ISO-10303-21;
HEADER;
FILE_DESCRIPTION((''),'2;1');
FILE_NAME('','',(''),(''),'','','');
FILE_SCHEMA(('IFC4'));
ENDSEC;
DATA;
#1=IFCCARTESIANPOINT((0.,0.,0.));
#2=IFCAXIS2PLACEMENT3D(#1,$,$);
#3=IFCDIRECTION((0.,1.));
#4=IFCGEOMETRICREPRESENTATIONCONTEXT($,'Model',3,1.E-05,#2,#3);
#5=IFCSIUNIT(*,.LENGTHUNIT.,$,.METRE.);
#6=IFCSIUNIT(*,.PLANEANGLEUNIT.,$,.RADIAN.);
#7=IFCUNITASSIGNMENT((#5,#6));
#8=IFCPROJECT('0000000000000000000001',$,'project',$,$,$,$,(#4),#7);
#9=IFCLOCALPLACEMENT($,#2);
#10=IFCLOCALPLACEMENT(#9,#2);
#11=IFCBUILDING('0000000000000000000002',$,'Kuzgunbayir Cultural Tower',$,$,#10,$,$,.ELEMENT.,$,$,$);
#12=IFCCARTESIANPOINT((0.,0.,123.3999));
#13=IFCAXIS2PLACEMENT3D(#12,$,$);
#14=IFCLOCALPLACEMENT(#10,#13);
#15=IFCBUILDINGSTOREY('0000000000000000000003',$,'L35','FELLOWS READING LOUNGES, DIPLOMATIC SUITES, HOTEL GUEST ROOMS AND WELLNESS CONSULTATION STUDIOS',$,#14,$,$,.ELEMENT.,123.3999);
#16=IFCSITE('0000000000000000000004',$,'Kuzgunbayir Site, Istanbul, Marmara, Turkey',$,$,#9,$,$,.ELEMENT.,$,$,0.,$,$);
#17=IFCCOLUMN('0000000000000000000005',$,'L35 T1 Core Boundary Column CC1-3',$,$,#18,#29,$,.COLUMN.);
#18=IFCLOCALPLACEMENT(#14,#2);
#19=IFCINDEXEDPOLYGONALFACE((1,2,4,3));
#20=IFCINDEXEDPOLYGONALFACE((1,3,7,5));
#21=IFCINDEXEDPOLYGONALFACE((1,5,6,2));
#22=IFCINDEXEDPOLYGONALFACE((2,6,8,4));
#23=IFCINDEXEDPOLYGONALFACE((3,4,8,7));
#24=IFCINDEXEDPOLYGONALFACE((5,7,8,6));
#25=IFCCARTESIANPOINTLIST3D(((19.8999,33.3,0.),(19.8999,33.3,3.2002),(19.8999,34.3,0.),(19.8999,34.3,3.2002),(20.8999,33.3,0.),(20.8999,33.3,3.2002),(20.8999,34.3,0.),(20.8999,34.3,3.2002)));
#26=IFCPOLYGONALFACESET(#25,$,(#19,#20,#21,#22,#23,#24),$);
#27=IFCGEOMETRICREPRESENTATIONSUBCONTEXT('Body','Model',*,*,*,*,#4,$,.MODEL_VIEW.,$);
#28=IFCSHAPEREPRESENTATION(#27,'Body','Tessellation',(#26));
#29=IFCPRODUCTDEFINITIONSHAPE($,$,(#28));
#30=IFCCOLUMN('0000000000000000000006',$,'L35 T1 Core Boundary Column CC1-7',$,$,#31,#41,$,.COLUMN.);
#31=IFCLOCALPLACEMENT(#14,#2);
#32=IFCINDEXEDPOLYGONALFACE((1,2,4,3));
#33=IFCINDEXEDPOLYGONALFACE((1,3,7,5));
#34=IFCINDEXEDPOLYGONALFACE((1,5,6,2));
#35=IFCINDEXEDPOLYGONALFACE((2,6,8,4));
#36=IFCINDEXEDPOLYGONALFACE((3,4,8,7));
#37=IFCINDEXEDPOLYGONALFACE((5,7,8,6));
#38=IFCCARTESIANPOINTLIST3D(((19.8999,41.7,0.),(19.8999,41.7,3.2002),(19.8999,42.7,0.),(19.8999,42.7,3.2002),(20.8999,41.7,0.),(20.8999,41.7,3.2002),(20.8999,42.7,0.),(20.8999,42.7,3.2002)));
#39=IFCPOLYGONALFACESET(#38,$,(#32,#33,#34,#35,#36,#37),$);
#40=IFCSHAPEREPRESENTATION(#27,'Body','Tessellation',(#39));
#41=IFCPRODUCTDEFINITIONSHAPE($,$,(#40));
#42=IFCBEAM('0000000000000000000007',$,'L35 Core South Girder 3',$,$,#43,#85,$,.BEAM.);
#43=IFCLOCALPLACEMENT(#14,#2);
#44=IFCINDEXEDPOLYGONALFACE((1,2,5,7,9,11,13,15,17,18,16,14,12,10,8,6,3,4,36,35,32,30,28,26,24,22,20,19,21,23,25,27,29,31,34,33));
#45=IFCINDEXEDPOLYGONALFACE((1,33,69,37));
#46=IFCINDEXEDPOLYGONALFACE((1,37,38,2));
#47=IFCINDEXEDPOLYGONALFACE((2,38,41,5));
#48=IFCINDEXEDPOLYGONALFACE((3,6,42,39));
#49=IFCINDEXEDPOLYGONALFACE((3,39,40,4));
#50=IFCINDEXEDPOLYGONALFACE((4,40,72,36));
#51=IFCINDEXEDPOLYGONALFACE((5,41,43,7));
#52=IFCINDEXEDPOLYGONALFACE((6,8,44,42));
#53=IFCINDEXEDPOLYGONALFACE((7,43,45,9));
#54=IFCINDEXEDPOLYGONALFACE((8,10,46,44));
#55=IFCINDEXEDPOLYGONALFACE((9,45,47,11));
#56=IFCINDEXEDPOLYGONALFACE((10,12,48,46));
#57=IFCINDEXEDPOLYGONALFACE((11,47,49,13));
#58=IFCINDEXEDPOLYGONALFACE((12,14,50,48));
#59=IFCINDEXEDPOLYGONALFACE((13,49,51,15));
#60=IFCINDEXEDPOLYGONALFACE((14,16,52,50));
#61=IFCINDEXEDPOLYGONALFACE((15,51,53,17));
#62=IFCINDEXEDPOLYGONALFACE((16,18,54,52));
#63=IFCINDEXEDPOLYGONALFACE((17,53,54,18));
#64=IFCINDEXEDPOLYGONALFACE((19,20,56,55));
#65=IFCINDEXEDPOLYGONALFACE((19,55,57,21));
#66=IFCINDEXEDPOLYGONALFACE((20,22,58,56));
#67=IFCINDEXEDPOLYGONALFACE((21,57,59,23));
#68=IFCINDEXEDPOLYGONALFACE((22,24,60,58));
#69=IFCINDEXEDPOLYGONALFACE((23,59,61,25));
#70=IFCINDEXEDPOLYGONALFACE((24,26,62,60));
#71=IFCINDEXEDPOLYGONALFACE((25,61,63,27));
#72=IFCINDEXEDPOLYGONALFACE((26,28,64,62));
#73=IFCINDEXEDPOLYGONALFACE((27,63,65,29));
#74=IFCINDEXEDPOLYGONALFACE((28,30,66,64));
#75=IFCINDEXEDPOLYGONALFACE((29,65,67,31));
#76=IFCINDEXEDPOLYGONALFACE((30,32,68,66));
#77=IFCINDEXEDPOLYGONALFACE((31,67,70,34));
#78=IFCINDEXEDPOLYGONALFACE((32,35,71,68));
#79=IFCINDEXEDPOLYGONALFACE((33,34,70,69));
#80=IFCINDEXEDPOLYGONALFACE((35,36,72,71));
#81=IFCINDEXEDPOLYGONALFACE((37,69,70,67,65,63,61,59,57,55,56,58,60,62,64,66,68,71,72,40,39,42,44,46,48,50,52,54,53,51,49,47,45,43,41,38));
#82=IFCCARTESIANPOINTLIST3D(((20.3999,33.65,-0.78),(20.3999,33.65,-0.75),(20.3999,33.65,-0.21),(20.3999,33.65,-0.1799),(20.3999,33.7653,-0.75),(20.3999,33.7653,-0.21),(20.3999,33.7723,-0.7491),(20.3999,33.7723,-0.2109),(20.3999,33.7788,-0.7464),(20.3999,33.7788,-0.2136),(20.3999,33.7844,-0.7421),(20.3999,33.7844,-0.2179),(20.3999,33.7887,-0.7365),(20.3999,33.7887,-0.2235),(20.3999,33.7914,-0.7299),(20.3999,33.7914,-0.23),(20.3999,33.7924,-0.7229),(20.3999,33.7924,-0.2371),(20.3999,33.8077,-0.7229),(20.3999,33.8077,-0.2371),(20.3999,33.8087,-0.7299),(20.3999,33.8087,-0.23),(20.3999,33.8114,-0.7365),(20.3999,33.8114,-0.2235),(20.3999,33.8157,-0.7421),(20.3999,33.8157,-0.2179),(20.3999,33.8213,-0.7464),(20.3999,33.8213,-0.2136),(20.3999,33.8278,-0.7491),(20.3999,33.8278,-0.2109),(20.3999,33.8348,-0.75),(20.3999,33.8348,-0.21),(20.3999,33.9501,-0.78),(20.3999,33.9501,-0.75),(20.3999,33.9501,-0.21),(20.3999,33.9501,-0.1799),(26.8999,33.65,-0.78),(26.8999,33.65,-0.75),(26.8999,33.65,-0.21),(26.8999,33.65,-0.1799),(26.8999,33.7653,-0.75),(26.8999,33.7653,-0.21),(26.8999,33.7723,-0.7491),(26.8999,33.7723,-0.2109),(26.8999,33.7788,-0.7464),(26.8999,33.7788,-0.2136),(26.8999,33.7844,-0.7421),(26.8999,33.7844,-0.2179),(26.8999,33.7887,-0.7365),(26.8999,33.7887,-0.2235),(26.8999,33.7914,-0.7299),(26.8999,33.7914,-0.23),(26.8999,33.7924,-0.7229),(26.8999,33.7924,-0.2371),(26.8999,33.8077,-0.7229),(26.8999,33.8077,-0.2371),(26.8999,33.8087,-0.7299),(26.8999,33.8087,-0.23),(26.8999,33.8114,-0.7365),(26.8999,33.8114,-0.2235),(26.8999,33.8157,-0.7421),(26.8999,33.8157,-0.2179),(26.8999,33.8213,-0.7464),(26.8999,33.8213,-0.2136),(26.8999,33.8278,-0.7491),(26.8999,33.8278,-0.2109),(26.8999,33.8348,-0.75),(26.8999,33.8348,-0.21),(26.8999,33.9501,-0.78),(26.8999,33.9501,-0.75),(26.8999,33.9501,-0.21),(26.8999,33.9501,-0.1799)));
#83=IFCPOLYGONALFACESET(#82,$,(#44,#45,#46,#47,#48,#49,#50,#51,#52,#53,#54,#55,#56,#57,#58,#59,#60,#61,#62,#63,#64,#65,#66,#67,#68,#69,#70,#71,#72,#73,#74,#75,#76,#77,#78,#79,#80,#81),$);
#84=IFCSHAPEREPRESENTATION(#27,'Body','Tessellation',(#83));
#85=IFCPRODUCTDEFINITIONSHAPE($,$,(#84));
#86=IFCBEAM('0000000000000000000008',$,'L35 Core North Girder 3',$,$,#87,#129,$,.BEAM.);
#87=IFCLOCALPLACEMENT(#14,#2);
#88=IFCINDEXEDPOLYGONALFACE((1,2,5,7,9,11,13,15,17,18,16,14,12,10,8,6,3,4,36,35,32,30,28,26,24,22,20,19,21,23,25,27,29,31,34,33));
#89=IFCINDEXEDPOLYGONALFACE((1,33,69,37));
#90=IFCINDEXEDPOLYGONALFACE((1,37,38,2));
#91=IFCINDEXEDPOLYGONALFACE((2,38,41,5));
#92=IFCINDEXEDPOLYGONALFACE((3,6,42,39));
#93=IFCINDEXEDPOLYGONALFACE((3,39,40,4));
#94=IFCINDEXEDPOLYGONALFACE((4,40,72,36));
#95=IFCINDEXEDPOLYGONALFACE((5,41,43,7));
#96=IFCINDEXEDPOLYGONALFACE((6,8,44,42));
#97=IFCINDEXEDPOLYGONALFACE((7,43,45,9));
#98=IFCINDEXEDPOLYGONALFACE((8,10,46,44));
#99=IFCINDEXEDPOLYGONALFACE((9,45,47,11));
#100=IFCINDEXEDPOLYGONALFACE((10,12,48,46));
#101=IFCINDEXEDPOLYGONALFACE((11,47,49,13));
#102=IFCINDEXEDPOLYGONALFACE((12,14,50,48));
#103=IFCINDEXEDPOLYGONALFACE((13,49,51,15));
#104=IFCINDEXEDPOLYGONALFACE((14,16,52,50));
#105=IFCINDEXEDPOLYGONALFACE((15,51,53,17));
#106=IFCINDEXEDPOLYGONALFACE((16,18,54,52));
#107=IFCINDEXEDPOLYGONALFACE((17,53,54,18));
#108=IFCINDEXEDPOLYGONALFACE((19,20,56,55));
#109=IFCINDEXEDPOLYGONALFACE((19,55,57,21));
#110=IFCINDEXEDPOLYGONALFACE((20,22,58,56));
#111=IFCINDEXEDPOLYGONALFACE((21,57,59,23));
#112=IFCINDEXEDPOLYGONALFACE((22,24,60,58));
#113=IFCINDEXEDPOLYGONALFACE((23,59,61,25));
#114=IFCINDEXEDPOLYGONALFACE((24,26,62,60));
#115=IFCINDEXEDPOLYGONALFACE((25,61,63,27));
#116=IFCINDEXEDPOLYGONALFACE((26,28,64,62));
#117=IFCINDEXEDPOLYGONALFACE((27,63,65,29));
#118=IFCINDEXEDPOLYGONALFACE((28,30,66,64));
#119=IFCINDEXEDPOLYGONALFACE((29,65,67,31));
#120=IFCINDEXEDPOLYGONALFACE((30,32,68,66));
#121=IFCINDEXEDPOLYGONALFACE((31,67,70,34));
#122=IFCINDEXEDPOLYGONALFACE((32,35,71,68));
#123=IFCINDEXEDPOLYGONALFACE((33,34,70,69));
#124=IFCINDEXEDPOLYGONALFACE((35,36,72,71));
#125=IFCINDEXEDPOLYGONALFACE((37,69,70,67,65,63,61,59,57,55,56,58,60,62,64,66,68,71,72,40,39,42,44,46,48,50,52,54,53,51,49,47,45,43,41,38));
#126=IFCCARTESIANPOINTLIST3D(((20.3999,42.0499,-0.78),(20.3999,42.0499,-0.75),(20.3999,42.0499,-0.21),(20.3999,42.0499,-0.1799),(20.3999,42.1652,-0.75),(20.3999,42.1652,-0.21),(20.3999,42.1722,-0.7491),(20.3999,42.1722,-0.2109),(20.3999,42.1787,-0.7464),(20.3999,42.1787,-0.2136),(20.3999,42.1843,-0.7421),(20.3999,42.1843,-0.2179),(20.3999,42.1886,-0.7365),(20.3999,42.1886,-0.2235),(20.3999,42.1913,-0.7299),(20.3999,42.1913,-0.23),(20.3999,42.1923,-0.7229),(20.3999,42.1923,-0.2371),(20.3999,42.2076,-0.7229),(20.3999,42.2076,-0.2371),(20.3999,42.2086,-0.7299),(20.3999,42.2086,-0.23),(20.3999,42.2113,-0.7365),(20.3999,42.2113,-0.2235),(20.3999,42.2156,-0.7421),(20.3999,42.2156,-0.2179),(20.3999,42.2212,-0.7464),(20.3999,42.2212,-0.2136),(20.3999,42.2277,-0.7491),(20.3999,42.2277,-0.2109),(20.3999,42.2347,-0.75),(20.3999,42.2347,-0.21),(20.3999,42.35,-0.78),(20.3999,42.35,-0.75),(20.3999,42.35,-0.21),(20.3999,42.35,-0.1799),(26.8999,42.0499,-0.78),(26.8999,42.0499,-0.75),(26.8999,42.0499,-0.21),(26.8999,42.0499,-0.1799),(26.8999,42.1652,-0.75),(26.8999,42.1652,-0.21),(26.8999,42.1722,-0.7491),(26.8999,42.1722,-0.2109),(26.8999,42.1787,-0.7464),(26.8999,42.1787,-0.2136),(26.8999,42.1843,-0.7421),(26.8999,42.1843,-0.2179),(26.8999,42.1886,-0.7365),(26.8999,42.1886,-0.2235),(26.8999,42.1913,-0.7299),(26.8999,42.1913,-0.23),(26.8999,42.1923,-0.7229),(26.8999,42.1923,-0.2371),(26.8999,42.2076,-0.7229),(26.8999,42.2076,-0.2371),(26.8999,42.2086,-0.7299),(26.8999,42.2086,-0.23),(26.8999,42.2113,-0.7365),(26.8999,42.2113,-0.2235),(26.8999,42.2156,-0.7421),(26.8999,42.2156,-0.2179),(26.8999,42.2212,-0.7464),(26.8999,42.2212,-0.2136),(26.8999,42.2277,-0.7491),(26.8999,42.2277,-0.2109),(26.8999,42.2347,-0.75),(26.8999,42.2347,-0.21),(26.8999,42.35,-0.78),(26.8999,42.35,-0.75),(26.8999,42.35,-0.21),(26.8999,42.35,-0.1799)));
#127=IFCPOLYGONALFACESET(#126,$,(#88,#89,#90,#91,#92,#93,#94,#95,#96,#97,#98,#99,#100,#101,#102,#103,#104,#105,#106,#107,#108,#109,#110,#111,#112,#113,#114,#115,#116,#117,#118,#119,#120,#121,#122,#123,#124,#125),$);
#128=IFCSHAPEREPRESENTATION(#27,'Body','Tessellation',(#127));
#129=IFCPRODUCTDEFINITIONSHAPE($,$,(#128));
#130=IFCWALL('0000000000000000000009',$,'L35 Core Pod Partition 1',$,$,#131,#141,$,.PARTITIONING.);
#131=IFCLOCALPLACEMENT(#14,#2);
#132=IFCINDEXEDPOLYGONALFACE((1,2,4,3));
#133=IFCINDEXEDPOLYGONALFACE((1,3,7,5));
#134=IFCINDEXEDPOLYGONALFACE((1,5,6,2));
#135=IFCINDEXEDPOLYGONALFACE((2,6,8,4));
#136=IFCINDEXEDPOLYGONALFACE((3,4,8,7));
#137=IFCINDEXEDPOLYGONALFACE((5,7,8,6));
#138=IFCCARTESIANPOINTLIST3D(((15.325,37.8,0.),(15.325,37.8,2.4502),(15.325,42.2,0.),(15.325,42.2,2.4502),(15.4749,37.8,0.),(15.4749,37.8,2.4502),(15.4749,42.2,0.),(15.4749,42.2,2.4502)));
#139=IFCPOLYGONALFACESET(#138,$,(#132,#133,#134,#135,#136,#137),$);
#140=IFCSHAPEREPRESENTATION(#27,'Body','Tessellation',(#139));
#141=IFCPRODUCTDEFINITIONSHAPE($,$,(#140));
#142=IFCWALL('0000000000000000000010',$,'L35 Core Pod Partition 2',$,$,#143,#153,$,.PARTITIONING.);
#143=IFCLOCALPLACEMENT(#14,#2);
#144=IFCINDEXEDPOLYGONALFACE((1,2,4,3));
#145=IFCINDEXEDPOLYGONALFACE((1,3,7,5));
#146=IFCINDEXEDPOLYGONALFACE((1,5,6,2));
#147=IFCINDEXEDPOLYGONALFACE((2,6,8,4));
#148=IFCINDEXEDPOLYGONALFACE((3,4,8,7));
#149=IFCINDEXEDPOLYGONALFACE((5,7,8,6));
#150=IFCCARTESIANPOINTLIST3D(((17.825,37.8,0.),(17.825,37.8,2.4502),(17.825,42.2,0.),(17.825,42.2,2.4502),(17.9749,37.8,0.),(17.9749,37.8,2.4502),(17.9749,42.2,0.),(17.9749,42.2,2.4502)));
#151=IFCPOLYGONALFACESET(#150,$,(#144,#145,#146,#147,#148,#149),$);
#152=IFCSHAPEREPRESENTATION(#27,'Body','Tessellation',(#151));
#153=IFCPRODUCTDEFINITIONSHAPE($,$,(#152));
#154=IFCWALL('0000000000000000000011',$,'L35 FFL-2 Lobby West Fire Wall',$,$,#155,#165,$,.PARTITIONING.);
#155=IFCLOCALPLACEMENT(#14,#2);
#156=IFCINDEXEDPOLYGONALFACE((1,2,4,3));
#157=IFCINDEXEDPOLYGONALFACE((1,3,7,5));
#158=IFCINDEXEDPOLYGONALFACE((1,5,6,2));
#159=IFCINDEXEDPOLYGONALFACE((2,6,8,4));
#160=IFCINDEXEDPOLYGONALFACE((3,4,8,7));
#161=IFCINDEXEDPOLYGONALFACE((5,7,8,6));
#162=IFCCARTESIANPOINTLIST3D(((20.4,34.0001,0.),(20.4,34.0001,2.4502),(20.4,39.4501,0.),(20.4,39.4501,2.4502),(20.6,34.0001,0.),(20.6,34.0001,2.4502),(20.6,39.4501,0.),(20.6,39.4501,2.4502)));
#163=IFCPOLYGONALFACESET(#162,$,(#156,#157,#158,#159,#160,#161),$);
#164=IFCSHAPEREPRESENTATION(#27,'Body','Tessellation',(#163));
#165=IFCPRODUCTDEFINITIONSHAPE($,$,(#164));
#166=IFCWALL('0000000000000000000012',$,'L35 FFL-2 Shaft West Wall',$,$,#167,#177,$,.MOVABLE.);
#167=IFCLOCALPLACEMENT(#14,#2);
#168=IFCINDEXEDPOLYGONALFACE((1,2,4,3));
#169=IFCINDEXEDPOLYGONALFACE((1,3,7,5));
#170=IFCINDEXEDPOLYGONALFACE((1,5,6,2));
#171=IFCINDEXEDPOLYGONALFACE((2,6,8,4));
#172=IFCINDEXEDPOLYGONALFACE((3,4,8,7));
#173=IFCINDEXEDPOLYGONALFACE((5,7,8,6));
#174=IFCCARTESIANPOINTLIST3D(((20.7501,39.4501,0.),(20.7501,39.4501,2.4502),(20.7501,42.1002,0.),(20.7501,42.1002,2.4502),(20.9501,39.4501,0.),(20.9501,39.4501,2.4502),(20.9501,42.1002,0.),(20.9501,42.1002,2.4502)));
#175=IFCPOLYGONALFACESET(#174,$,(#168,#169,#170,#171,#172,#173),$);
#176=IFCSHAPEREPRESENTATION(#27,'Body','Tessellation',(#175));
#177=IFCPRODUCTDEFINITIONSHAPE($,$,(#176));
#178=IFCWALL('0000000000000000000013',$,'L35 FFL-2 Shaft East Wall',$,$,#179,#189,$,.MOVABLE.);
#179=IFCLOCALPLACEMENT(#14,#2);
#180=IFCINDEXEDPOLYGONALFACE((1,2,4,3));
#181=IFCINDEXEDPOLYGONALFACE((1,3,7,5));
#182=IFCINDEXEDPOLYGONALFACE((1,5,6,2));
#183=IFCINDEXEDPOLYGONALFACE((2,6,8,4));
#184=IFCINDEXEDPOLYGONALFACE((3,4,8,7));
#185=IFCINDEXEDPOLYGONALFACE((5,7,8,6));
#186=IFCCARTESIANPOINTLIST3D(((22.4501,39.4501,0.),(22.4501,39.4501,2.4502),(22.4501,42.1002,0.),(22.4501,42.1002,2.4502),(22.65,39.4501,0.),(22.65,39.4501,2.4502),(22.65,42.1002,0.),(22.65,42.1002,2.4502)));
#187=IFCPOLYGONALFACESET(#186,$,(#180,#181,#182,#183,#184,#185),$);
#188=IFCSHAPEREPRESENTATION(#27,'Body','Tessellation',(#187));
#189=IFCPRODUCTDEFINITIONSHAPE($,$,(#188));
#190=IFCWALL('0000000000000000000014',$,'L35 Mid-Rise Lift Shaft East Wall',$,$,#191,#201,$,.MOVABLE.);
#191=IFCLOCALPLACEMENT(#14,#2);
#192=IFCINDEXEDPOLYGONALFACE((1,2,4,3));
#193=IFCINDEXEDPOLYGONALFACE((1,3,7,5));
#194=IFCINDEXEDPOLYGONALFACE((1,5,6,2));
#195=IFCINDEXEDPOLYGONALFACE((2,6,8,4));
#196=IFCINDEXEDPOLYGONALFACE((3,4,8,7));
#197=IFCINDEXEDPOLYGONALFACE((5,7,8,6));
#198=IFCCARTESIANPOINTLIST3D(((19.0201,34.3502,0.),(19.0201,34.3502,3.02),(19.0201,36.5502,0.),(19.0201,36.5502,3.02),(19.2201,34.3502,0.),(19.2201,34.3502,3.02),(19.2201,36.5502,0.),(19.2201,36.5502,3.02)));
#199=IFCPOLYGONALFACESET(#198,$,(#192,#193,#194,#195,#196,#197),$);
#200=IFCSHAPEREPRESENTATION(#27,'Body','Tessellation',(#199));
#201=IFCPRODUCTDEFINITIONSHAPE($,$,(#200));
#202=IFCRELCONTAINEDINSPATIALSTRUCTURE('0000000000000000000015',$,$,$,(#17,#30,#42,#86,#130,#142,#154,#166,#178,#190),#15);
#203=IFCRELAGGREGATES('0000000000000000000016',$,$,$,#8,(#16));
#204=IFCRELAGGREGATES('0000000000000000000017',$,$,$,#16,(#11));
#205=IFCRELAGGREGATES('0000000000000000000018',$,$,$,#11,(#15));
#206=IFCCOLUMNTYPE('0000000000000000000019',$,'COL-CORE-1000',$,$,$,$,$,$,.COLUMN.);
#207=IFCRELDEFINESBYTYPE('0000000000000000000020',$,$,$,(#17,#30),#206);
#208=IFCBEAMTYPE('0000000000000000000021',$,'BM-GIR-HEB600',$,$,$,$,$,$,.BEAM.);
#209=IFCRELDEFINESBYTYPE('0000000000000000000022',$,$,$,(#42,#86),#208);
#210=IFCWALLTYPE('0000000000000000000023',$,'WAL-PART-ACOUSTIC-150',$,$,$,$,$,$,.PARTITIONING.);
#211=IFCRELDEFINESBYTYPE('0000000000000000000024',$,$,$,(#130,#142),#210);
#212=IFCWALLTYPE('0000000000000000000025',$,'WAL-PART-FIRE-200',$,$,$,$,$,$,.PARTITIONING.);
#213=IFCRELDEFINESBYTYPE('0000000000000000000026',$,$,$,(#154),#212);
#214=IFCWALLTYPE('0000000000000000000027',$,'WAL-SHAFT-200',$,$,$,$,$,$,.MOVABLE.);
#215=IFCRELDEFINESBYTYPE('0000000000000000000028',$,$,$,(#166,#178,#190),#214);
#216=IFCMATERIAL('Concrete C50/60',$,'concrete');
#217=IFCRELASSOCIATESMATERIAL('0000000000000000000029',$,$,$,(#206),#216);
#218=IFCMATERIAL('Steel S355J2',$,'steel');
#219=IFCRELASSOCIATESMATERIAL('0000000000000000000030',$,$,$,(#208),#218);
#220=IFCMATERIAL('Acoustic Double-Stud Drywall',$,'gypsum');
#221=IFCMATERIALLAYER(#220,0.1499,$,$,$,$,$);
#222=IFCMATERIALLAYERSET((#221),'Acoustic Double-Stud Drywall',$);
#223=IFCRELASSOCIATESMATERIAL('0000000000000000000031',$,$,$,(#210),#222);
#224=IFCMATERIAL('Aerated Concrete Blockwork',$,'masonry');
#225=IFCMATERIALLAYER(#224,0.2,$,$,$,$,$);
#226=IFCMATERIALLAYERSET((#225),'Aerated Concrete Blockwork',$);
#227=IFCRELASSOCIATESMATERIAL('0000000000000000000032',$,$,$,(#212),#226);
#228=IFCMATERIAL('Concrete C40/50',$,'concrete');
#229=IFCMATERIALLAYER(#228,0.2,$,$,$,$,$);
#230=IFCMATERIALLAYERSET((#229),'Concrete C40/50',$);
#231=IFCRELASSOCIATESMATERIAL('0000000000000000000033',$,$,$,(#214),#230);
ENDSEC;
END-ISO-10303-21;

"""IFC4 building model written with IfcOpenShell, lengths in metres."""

from ifc_helpers import new_model, si_unit, direction, frame, frame_2d, origin, origin_2d, place, context, subcontext, project, spatial, rectangle, i_section, extrude, material, layer, layer_set, material_profile, profile_set, type_object, element, save


model = new_model("IFC4")

# Units and contexts
model_context = context("Model", 3, precision=1e-05, world=origin(), true_north=direction((0.0, 1.0)))
body_context = subcontext(model_context, "Body", "Model", "MODEL_VIEW")
ifc_project = project(units=[si_unit("LENGTHUNIT", "METRE"), si_unit("PLANEANGLEUNIT", "RADIAN")], contexts=[model_context])

# Site, building, storey
site_placement = place(None, origin())
site = spatial("IfcSite", under=ifc_project, at=site_placement, Name="Kuzgunbayir Site, Istanbul, Marmara, Turkey", CompositionType="ELEMENT", RefElevation=0.0)
building_placement = place(site_placement, origin())
building = spatial("IfcBuilding", under=site, at=building_placement, Name="Kuzgunbayir Cultural Tower", CompositionType="ELEMENT")
storey_placement = place(building_placement, frame((0.0, 0.0, 123.3999)))
storey = spatial("IfcBuildingStorey", under=building, at=storey_placement, Name="L35", Description="FELLOWS READING LOUNGES, DIPLOMATIC SUITES, HOTEL GUEST ROOMS AND WELLNESS CONSULTATION STUDIOS", CompositionType="ELEMENT", Elevation=123.3999)

# Columns
ifc_material_1 = material(Name="Concrete C50/60", Category="concrete")
ifc_material_profile_1 = material_profile(ifc_material_1, rectangle(XDim=1.0, YDim=1.0, at=origin_2d()), Name="RC 1000x1000")
ifc_profile_set_1 = profile_set([ifc_material_profile_1], Name="Concrete C50/60")
column_type = type_object("IfcColumnType", Name="COL-CORE-1000", PredefinedType="COLUMN", material=ifc_profile_set_1)
for number, where, z_axis, x_axis, name in (
    (1, (20.3999, 33.8, 0.0), (0.0, 0.0, 1.0), (1.0, 0.0, 0.0), "L35 T1 Core Boundary Column CC1-3"),
    (2, (20.3999, 42.2, 0.0), (0.0, 0.0, 1.0), (1.0, 0.0, 0.0), "L35 T1 Core Boundary Column CC1-7"),
):
    element("IfcColumn", number, at=place(storey_placement, frame(where, z_axis=z_axis, x_axis=x_axis)), inside=storey, type_object=column_type, Name=name, PredefinedType="COLUMN", context=body_context, shape_type="SweptSolid", body=[
        extrude(rectangle(XDim=1.0, YDim=1.0, at=origin_2d()), origin(), (0.0, 0.0, 1.0), 3.2002),
    ])

# Beams
ifc_material_2 = material(Name="Steel S355J2", Category="steel")
ifc_material_profile_2 = material_profile(ifc_material_2, i_section(OverallWidth=0.3, OverallDepth=0.6001, WebThickness=0.0154, FlangeThickness=0.03, FilletRadius=0.0271, at=origin_2d()), Name="HEB 600")
ifc_profile_set_2 = profile_set([ifc_material_profile_2], Name="Steel S355J2")
beam_type = type_object("IfcBeamType", Name="BM-GIR-HEB600", PredefinedType="BEAM", material=ifc_profile_set_2)
for number, where, z_axis, x_axis, name in (
    (3, (20.3999, 33.8, -0.48), (1.0, 0.0, 0.0), (0.0, 1.0, 0.0), "L35 Core South Girder 3"),
    (4, (20.3999, 42.2, -0.48), (1.0, 0.0, 0.0), (0.0, 1.0, 0.0), "L35 Core North Girder 3"),
):
    element("IfcBeam", number, at=place(storey_placement, frame(where, z_axis=z_axis, x_axis=x_axis)), inside=storey, type_object=beam_type, Name=name, PredefinedType="BEAM", context=body_context, shape_type="SweptSolid", body=[
        extrude(i_section(OverallWidth=0.3, OverallDepth=0.6001, WebThickness=0.0154, FlangeThickness=0.03, FilletRadius=0.0271, at=origin_2d()), origin(), (0.0, 0.0, 1.0), 6.5),
    ])

# Walls
ifc_material_3 = material(Name="Acoustic Double-Stud Drywall", Category="gypsum")
ifc_layer_1 = layer(ifc_material_3, 0.1499)
ifc_layer_set_1 = layer_set([ifc_layer_1], Name="Acoustic Double-Stud Drywall")
wall_type_1 = type_object("IfcWallType", Name="WAL-PART-ACOUSTIC-150", PredefinedType="PARTITIONING", material=ifc_layer_set_1)
for number, where, z_axis, x_axis, name in (
    (5, (15.3999, 37.8, 0.0), (0.0, 0.0, 1.0), (0.0, 1.0, 0.0), "L35 Core Pod Partition 1"),
    (6, (17.8999, 37.8, 0.0), (0.0, 0.0, 1.0), (0.0, 1.0, 0.0), "L35 Core Pod Partition 2"),
):
    element("IfcWall", number, at=place(storey_placement, frame(where, z_axis=z_axis, x_axis=x_axis)), inside=storey, type_object=wall_type_1, Name=name, PredefinedType="PARTITIONING", context=body_context, shape_type="SweptSolid", body=[
        extrude(rectangle(XDim=4.3999, YDim=0.1499, at=frame_2d((2.2, 0.0))), origin(), (0.0, 0.0, 1.0), 2.4502),
    ])
ifc_material_4 = material(Name="Aerated Concrete Blockwork", Category="masonry")
ifc_layer_2 = layer(ifc_material_4, 0.2)
ifc_layer_set_2 = layer_set([ifc_layer_2], Name="Aerated Concrete Blockwork")
wall_type_2 = type_object("IfcWallType", Name="WAL-PART-FIRE-200", PredefinedType="PARTITIONING", material=ifc_layer_set_2)
wall_1_placement = place(storey_placement, frame((20.5, 34.0, 0.0), z_axis=(0.0, 0.0, 1.0), x_axis=(0.0, 1.0, 0.0)))
element("IfcWall", 7, at=wall_1_placement, inside=storey, type_object=wall_type_2, Name="L35 FFL-2 Lobby West Fire Wall", PredefinedType="PARTITIONING", context=body_context, shape_type="SweptSolid", body=[
    extrude(rectangle(XDim=5.45, YDim=0.2, at=frame_2d((2.7251, 0.0))), origin(), (0.0, 0.0, 1.0), 2.4502),
])

# Shared definitions
ifc_material_5 = material(Name="Concrete C40/50", Category="concrete")
ifc_layer_3 = layer(ifc_material_5, 0.2)
ifc_layer_set_3 = layer_set([ifc_layer_3], Name="Concrete C40/50")
wall_type_3 = type_object("IfcWallType", Name="WAL-SHAFT-200", PredefinedType="MOVABLE", material=ifc_layer_set_3)

# Walls
for number, where, z_axis, x_axis, name in (
    (8, (20.8501, 39.45, 0.0), (0.0, 0.0, 1.0), (0.0, 1.0, 0.0), "L35 FFL-2 Shaft West Wall"),
    (9, (22.55, 39.45, 0.0), (0.0, 0.0, 1.0), (0.0, 1.0, 0.0), "L35 FFL-2 Shaft East Wall"),
):
    element("IfcWall", number, at=place(storey_placement, frame(where, z_axis=z_axis, x_axis=x_axis)), inside=storey, type_object=wall_type_3, Name=name, PredefinedType="MOVABLE", context=body_context, shape_type="SweptSolid", body=[
        extrude(rectangle(XDim=2.6501, YDim=0.2, at=frame_2d((1.3252, 0.0))), origin(), (0.0, 0.0, 1.0), 2.4502),
    ])
wall_2_placement = place(storey_placement, frame((19.1201, 34.3501, 0.0), z_axis=(0.0, 0.0, 1.0), x_axis=(0.0, 1.0, 0.0)))
element("IfcWall", 10, at=wall_2_placement, inside=storey, type_object=wall_type_3, Name="L35 Mid-Rise Lift Shaft East Wall", PredefinedType="MOVABLE", context=body_context, shape_type="SweptSolid", body=[
    extrude(rectangle(XDim=2.2, YDim=0.2, at=frame_2d((1.1001, 0.0))), origin(), (0.0, 0.0, 1.0), 3.02),
])

save(model, "model.ifc")
